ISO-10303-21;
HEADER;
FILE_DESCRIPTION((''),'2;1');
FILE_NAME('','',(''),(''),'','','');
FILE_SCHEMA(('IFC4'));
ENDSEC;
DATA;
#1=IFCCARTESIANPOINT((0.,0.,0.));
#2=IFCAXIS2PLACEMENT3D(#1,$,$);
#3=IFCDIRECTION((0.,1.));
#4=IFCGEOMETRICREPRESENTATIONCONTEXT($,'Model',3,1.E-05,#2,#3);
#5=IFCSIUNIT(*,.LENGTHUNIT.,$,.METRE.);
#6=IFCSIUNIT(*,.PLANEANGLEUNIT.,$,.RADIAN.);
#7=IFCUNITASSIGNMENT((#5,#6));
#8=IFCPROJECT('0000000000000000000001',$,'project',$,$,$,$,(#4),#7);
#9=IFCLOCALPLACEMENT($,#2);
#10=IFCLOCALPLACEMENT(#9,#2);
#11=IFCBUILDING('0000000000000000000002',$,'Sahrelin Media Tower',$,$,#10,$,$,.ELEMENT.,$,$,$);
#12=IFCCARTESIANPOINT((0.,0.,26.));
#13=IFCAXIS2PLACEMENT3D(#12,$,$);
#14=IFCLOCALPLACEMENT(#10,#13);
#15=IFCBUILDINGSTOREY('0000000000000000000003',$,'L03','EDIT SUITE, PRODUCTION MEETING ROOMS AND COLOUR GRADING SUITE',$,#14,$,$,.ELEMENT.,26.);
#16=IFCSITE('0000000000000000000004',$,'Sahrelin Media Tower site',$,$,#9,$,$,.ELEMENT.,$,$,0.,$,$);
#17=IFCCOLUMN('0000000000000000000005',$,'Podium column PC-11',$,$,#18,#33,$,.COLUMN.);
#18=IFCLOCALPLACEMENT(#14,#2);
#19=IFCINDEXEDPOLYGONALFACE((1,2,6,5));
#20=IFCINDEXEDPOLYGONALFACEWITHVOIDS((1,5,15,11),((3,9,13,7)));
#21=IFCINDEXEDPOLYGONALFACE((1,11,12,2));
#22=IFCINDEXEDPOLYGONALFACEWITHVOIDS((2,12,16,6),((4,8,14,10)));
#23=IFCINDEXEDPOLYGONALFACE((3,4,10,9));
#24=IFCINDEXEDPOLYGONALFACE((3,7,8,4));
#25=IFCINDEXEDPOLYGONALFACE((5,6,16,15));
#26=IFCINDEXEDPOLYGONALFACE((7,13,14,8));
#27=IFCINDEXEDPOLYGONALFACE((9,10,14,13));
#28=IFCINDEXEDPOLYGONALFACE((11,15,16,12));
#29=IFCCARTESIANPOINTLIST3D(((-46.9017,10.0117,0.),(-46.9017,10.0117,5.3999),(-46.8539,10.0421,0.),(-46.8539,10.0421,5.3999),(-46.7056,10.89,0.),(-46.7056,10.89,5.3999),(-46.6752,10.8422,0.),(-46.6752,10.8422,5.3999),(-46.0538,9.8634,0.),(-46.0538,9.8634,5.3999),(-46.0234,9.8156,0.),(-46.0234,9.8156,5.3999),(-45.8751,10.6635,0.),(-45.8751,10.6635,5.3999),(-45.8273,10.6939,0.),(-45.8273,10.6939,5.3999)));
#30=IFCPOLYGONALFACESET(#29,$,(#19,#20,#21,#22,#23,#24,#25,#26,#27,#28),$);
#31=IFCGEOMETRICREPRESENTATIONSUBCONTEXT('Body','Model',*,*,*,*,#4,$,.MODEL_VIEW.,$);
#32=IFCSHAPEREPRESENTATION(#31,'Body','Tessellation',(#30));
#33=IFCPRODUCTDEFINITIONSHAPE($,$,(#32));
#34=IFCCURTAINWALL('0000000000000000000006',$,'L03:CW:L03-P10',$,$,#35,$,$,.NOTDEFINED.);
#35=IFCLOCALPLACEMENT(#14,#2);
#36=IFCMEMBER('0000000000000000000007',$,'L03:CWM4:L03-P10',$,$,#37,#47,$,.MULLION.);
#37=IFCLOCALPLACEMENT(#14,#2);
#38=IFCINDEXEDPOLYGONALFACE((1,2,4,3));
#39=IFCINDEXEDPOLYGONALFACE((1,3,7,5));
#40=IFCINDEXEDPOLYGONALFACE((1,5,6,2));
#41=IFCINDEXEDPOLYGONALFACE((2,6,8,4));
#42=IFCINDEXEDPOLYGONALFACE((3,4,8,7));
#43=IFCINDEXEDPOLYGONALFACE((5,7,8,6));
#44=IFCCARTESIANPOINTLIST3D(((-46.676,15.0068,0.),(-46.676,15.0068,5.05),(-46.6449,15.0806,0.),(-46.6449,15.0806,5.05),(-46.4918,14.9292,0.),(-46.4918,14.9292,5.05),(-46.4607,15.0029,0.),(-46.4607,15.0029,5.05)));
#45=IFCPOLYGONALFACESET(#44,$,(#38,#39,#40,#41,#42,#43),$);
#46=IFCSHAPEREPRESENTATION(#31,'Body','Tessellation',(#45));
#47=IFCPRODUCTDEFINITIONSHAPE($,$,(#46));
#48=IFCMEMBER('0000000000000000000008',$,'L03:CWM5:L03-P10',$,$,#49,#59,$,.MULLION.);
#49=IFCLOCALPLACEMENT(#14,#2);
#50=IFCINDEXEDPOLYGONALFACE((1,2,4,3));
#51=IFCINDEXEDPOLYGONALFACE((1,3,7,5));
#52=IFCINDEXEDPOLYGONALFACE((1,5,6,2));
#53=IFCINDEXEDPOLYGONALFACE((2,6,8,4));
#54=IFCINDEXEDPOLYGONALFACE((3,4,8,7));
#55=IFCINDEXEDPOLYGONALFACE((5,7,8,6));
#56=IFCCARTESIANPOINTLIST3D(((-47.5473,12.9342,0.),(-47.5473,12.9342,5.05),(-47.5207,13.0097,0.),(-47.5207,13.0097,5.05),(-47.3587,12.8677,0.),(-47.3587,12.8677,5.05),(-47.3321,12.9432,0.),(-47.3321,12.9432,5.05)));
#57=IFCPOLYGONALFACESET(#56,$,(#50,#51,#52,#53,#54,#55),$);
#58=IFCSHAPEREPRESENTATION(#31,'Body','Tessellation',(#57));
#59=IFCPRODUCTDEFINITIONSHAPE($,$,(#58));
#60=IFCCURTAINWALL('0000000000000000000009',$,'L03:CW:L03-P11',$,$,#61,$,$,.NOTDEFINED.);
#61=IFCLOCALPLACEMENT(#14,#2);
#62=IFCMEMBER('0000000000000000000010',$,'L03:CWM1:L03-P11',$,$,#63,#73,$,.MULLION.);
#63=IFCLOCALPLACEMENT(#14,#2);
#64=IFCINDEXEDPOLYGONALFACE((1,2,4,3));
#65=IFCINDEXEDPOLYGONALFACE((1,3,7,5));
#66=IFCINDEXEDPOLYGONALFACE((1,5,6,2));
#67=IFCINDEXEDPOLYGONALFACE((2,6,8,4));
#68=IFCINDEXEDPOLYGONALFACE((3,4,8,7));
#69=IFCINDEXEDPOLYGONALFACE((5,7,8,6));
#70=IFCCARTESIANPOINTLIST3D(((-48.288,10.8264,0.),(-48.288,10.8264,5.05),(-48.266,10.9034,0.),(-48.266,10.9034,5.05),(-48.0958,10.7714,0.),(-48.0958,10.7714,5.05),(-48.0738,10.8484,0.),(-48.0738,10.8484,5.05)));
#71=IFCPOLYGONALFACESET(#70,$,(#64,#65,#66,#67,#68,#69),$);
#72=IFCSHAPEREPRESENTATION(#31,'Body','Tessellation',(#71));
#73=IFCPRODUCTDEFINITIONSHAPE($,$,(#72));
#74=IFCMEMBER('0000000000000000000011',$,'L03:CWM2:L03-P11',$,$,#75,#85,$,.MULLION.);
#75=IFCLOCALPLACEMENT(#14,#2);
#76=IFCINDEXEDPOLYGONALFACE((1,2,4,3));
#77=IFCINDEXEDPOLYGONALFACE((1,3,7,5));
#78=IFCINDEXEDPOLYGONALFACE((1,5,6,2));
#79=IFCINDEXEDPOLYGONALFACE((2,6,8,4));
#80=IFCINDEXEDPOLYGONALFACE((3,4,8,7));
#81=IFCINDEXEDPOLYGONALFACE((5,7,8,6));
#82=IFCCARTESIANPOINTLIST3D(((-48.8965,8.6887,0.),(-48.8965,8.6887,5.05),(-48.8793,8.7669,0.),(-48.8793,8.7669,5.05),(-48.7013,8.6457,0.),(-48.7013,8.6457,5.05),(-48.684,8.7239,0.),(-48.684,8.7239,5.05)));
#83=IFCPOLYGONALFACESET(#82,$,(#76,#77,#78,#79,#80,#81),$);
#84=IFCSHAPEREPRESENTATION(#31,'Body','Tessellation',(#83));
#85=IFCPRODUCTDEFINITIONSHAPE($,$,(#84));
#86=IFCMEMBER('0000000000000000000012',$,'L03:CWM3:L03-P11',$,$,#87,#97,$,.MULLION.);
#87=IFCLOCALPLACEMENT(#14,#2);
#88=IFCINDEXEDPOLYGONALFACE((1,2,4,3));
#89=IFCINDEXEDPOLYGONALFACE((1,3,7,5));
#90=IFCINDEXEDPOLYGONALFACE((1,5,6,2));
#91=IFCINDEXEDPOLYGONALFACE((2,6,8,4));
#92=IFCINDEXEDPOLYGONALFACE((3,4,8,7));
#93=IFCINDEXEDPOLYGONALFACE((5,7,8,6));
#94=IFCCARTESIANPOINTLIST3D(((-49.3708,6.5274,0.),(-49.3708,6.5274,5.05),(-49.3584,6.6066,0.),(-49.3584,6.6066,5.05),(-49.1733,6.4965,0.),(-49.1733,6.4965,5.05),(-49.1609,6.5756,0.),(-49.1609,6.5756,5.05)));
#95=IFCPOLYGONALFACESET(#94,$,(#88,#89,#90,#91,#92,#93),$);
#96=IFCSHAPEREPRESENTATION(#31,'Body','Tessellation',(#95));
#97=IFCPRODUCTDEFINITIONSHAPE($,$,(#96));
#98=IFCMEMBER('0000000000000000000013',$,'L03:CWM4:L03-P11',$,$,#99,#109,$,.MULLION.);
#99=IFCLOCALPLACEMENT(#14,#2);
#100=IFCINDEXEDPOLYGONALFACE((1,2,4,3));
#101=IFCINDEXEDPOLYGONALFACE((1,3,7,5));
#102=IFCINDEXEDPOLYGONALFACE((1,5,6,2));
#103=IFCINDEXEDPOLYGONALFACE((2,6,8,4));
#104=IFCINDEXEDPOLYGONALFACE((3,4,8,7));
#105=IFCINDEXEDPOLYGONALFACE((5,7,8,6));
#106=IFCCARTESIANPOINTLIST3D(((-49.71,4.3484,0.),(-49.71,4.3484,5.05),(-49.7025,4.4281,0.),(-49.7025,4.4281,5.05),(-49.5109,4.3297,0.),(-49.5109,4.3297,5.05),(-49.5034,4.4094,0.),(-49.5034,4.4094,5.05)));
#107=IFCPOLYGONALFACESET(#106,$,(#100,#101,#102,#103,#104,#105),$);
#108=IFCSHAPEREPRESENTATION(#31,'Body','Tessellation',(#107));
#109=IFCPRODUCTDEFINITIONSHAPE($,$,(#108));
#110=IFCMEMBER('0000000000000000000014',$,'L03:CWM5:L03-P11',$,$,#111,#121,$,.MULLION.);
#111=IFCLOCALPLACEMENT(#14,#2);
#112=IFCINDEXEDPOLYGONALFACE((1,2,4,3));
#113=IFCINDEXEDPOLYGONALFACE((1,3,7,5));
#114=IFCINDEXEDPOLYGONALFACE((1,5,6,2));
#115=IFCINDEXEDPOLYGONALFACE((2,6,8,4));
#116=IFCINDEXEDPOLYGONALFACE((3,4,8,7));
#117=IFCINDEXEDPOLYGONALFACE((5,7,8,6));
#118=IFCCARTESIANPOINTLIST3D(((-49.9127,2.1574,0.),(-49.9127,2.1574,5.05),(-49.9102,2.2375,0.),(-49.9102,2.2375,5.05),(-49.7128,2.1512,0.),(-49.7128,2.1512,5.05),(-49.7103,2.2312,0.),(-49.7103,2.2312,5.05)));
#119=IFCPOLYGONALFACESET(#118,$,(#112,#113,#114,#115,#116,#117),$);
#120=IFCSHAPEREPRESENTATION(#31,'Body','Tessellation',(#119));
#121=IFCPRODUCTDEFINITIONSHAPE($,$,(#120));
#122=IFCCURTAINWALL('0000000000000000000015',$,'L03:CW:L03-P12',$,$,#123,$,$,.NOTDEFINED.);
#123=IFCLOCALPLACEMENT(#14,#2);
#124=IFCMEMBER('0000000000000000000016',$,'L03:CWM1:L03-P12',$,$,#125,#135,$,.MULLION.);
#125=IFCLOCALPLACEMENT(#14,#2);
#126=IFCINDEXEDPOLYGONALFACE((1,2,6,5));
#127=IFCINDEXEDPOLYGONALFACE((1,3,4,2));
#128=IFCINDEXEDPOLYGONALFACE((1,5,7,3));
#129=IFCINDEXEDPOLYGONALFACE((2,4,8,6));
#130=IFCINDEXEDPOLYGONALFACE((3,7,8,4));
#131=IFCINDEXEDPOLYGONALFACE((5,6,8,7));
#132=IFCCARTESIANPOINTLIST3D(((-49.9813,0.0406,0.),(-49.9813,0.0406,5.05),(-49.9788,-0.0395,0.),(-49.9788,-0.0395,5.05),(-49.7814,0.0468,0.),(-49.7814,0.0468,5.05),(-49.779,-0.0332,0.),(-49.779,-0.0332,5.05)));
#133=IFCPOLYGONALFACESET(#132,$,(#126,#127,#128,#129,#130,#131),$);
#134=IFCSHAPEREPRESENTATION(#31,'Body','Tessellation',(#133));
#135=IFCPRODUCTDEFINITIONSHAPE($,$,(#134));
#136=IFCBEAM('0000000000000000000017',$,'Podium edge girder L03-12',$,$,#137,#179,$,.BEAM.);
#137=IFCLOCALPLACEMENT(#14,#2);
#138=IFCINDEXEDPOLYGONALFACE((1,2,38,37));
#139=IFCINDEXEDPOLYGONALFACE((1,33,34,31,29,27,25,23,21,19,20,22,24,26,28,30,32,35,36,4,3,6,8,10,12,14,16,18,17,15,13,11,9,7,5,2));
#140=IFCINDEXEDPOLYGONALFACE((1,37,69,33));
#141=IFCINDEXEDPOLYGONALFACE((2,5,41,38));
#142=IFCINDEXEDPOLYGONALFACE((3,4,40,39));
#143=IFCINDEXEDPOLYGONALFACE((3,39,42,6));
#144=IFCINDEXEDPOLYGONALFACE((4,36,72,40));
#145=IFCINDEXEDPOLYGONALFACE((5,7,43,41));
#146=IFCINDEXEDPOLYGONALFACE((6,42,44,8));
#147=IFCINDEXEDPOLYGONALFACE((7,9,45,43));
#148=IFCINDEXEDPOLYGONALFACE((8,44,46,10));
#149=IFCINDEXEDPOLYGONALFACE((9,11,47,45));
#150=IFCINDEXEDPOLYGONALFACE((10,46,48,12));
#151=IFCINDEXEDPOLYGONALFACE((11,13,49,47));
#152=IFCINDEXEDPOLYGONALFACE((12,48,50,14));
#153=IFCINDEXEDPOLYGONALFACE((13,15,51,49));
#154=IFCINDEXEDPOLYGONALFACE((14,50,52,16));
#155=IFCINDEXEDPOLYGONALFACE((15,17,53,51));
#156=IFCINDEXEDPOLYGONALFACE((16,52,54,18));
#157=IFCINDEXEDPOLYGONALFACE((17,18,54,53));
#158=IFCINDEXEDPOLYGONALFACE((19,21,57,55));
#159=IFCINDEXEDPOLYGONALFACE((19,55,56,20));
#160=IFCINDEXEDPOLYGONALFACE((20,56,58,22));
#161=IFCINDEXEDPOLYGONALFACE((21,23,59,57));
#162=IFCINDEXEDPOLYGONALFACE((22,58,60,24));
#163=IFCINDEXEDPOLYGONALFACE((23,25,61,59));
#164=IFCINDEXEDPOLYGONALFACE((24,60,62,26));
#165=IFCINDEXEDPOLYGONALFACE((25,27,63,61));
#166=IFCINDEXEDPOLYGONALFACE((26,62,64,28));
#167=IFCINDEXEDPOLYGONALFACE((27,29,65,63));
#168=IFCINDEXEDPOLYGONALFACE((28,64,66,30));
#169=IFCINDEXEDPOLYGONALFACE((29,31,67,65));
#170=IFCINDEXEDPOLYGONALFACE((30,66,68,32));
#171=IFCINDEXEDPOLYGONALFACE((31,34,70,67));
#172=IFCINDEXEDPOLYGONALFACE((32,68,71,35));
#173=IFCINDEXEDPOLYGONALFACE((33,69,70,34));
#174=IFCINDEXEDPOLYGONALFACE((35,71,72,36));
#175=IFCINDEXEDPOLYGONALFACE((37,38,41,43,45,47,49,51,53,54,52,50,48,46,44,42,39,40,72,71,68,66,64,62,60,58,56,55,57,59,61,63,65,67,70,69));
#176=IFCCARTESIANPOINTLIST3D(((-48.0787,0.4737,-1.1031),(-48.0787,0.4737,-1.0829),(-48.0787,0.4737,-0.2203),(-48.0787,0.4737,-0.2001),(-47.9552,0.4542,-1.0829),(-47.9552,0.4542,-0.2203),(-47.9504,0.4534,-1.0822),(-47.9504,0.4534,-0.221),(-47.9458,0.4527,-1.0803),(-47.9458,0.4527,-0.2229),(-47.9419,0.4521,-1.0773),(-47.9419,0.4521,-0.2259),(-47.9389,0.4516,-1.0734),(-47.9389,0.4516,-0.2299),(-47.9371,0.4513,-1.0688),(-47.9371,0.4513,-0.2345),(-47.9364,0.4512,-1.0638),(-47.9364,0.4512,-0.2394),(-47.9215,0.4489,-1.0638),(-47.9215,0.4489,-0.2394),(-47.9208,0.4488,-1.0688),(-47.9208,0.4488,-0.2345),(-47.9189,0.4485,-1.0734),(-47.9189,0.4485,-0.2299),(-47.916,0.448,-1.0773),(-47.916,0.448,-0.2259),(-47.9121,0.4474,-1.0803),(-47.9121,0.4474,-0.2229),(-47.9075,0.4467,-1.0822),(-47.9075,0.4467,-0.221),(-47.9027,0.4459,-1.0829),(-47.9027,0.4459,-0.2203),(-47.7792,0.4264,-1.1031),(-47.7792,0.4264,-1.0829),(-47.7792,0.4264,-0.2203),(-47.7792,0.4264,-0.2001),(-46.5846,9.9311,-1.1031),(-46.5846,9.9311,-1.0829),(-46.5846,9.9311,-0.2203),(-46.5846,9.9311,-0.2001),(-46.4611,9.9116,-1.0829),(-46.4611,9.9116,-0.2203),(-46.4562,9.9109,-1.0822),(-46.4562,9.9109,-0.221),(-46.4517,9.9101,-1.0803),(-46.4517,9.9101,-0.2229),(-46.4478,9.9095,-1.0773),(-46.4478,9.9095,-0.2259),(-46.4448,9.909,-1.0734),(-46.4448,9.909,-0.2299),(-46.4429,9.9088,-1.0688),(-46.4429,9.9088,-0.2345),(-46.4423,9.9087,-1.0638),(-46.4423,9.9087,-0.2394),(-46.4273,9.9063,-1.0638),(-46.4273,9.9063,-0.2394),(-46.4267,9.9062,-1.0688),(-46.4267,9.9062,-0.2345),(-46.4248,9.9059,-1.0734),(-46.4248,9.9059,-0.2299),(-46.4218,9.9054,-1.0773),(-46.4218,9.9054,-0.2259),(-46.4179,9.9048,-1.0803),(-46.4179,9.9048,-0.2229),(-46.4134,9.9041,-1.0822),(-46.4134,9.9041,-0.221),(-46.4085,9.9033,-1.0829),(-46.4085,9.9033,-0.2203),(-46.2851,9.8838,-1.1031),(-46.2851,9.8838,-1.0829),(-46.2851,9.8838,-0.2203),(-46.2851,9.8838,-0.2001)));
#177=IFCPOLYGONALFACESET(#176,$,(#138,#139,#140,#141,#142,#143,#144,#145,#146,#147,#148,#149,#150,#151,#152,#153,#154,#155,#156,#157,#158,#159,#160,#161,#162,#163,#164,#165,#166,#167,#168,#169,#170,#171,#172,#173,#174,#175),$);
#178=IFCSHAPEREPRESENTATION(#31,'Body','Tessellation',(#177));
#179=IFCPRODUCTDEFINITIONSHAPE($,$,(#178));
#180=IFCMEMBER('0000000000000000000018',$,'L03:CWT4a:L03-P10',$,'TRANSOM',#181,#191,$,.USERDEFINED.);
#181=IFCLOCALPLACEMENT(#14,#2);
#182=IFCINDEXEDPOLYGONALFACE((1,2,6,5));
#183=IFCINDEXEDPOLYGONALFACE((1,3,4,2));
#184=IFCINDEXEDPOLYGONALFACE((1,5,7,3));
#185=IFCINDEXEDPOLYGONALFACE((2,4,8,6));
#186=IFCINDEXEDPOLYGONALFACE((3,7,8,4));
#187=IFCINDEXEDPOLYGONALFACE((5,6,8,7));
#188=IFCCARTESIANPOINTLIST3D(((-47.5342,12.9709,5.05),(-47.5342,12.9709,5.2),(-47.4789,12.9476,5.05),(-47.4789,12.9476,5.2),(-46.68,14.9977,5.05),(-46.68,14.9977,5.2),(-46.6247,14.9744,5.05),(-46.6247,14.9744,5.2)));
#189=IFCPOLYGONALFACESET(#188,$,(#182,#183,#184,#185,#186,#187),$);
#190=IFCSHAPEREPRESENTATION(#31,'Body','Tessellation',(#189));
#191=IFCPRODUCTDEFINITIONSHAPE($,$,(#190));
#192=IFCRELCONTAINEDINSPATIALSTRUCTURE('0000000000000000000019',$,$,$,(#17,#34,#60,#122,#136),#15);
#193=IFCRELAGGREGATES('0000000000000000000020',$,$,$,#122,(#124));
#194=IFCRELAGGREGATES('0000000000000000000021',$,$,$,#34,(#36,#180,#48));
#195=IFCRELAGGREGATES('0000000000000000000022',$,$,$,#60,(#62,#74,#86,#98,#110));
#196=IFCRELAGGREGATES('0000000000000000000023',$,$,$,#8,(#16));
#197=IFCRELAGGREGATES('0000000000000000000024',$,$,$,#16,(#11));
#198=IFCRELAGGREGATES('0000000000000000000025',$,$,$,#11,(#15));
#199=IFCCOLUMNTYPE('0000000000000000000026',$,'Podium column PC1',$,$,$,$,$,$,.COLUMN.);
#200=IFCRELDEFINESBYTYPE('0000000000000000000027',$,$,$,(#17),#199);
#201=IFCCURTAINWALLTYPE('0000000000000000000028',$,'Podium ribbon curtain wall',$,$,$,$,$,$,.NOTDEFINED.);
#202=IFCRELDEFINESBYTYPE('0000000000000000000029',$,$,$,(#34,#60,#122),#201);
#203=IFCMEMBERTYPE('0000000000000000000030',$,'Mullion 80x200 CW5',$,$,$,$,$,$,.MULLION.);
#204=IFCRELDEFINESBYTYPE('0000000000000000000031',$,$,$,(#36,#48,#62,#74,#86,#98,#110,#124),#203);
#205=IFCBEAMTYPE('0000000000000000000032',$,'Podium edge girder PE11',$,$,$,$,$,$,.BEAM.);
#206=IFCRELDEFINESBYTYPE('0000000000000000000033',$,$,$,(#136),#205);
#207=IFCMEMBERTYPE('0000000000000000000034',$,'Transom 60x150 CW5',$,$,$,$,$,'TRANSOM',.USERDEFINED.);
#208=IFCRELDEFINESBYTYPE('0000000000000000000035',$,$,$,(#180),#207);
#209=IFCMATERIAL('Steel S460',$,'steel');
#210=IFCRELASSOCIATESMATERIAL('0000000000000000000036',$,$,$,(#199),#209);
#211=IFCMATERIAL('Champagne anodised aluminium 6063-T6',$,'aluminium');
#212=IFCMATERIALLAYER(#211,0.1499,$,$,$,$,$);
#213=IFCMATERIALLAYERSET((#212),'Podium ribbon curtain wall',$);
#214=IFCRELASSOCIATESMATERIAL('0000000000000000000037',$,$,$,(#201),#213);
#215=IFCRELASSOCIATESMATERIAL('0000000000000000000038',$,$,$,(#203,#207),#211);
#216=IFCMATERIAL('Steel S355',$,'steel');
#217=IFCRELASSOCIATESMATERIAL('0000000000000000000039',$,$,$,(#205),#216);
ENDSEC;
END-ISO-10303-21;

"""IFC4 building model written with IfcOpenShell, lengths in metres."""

from ifc_helpers import new_model, si_unit, direction, frame, origin, origin_2d, place, context, subcontext, project, spatial, rectangle, hollow_rectangle, i_section, extrude, material, layer, layer_set, material_profile, profile_set, type_object, element, aggregate, save


model = new_model("IFC4")

# Units and contexts
model_context = context("Model", 3, precision=1e-05, world=origin(), true_north=direction((0.0, 1.0)))
body_context = subcontext(model_context, "Body", "Model", "MODEL_VIEW")
ifc_project = project(units=[si_unit("LENGTHUNIT", "METRE"), si_unit("PLANEANGLEUNIT", "RADIAN")], contexts=[model_context])

# Site, building, storey
site_placement = place(None, origin())
site = spatial("IfcSite", under=ifc_project, at=site_placement, Name="Sahrelin Media Tower site", CompositionType="ELEMENT", RefElevation=0.0)
building_placement = place(site_placement, origin())
building = spatial("IfcBuilding", under=site, at=building_placement, Name="Sahrelin Media Tower", CompositionType="ELEMENT")
storey_placement = place(building_placement, frame((0.0, 0.0, 26.0)))
storey = spatial("IfcBuildingStorey", under=building, at=storey_placement, Name="L03", Description="EDIT SUITE, PRODUCTION MEETING ROOMS AND COLOUR GRADING SUITE", CompositionType="ELEMENT", Elevation=26.0)

# Column
ifc_material_1 = material(Name="Steel S460", Category="steel")
ifc_material_profile_1 = material_profile(ifc_material_1, hollow_rectangle(XDim=0.8999, YDim=0.8999, WallThickness=0.04, at=origin_2d()), Name="Podium column PC1")
ifc_profile_set_1 = profile_set([ifc_material_profile_1], Name="Steel S460")
column_type = type_object("IfcColumnType", Name="Podium column PC1", PredefinedType="COLUMN", material=ifc_profile_set_1)
column_placement = place(storey_placement, frame((-46.3645, 10.3528, 0.0), z_axis=(0.0, 0.0, 1.0), x_axis=(-0.975965, 0.217925, 0.0)))
element("IfcColumn", 1, at=column_placement, inside=storey, type_object=column_type, Name="Podium column PC-11", PredefinedType="COLUMN", context=body_context, shape_type="SweptSolid", body=[
    extrude(hollow_rectangle(XDim=0.8999, YDim=0.8999, WallThickness=0.04, at=origin_2d()), origin(), (0.0, 0.0, 1.0), 5.3999),
])

# Curtain walls, members
ifc_material_2 = material(Name="Champagne anodised aluminium 6063-T6", Category="aluminium")
ifc_layer_1 = layer(ifc_material_2, 0.1499)
ifc_layer_set_1 = layer_set([ifc_layer_1], Name="Podium ribbon curtain wall")
curtain_wall_type = type_object("IfcCurtainWallType", Name="Podium ribbon curtain wall", PredefinedType="NOTDEFINED", material=ifc_layer_set_1)
curtain_wall_1_placement = place(storey_placement, frame((-43.3013, 21.0, 0.0), z_axis=(0.0, 0.0, 1.0), x_axis=(1.0, 0.0, 0.0)))
curtain_wall_1 = element("IfcCurtainWall", 2, at=curtain_wall_1_placement, inside=storey, type_object=curtain_wall_type, Name="L03:CW:L03-P10", PredefinedType="NOTDEFINED")
ifc_material_profile_2 = material_profile(ifc_material_2, rectangle(XDim=0.0801, YDim=0.2, at=origin_2d()), Name="Mullion 80x200")
ifc_profile_set_2 = profile_set([ifc_material_profile_2], Name="Champagne anodised aluminium 6063-T6")
member_type_1 = type_object("IfcMemberType", Name="Mullion 80x200 CW5", PredefinedType="MULLION", material=ifc_profile_set_2)
member_1_placement = place(storey_placement, frame((-46.5684, 15.0049, 0.0), z_axis=(0.0, 0.0, 1.0), x_axis=(-0.38845, -0.92147, 0.0)))
member_1 = element("IfcMember", 3, at=member_1_placement, type_object=member_type_1, Name="L03:CWM4:L03-P10", PredefinedType="MULLION", context=body_context, shape_type="SweptSolid", body=[
    extrude(rectangle(XDim=0.0801, YDim=0.2, at=origin_2d()), origin(), (0.0, 0.0, 1.0), 5.05),
])
member_2_placement = place(storey_placement, frame((-47.4397, 12.9387, 0.0), z_axis=(0.0, 0.0, 1.0), x_axis=(-0.332579, -0.943075, 0.0)))
member_2 = element("IfcMember", 4, at=member_2_placement, type_object=member_type_1, Name="L03:CWM5:L03-P10", PredefinedType="MULLION", context=body_context, shape_type="SweptSolid", body=[
    extrude(rectangle(XDim=0.0801, YDim=0.2, at=origin_2d()), origin(), (0.0, 0.0, 1.0), 5.05),
])
curtain_wall_2_placement = place(storey_placement, frame((-48.2964, 10.8704, 0.0), z_axis=(0.0, 0.0, 1.0), x_axis=(1.0, 0.0, 0.0)))
curtain_wall_2 = element("IfcCurtainWall", 5, at=curtain_wall_2_placement, inside=storey, type_object=curtain_wall_type, Name="L03:CW:L03-P11", PredefinedType="NOTDEFINED")
member_3_placement = place(storey_placement, frame((-48.1809, 10.8374, 0.0), z_axis=(0.0, 0.0, 1.0), x_axis=(-0.27481, -0.961499, 0.0)))
member_3 = element("IfcMember", 6, at=member_3_placement, type_object=member_type_1, Name="L03:CWM1:L03-P11", PredefinedType="MULLION", context=body_context, shape_type="SweptSolid", body=[
    extrude(rectangle(XDim=0.0801, YDim=0.2, at=origin_2d()), origin(), (0.0, 0.0, 1.0), 5.05),
])
member_4_placement = place(storey_placement, frame((-48.7903, 8.7063, 0.0), z_axis=(0.0, 0.0, 1.0), x_axis=(-0.215438, -0.976518, 0.0)))
member_4 = element("IfcMember", 7, at=member_4_placement, type_object=member_type_1, Name="L03:CWM2:L03-P11", PredefinedType="MULLION", context=body_context, shape_type="SweptSolid", body=[
    extrude(rectangle(XDim=0.0801, YDim=0.2, at=origin_2d()), origin(), (0.0, 0.0, 1.0), 5.05),
])
member_5_placement = place(storey_placement, frame((-49.2659, 6.5515, 0.0), z_axis=(0.0, 0.0, 1.0), x_axis=(-0.154852, -0.987938, 0.0)))
member_5 = element("IfcMember", 8, at=member_5_placement, type_object=member_type_1, Name="L03:CWM3:L03-P11", PredefinedType="MULLION", context=body_context, shape_type="SweptSolid", body=[
    extrude(rectangle(XDim=0.0801, YDim=0.2, at=origin_2d()), origin(), (0.0, 0.0, 1.0), 5.05),
])
member_6_placement = place(storey_placement, frame((-49.6067, 4.3789, 0.0), z_axis=(0.0, 0.0, 1.0), x_axis=(-0.093292, -0.995639, 0.0)))
member_6 = element("IfcMember", 9, at=member_6_placement, type_object=member_type_1, Name="L03:CWM4:L03-P11", PredefinedType="MULLION", context=body_context, shape_type="SweptSolid", body=[
    extrude(rectangle(XDim=0.0801, YDim=0.2, at=origin_2d()), origin(), (0.0, 0.0, 1.0), 5.05),
])
member_7_placement = place(storey_placement, frame((-49.8115, 2.1943, 0.0), z_axis=(0.0, 0.0, 1.0), x_axis=(-0.031147, -0.999515, 0.0)))
member_7 = element("IfcMember", 10, at=member_7_placement, type_object=member_type_1, Name="L03:CWM5:L03-P11", PredefinedType="MULLION", context=body_context, shape_type="SweptSolid", body=[
    extrude(rectangle(XDim=0.0801, YDim=0.2, at=origin_2d()), origin(), (0.0, 0.0, 1.0), 5.05),
])

# Curtain wall, member
curtain_wall_3_placement = place(storey_placement, frame((-50.0, 0.0, 0.0), z_axis=(0.0, 0.0, 1.0), x_axis=(1.0, 0.0, 0.0)))
curtain_wall_3 = element("IfcCurtainWall", 11, at=curtain_wall_3_placement, inside=storey, type_object=curtain_wall_type, Name="L03:CW:L03-P12", PredefinedType="NOTDEFINED")
member_8_placement = place(storey_placement, frame((-49.8801, 0.0037, 0.0), z_axis=(0.0, 0.0, 1.0), x_axis=(0.031147, -0.999515, 0.0)))
member_8 = element("IfcMember", 12, at=member_8_placement, type_object=member_type_1, Name="L03:CWM1:L03-P12", PredefinedType="MULLION", context=body_context, shape_type="SweptSolid", body=[
    extrude(rectangle(XDim=0.0801, YDim=0.2, at=origin_2d()), origin(), (0.0, 0.0, 1.0), 5.05),
])
aggregate(curtain_wall_3, [member_8])

# Beam
ifc_material_3 = material(Name="Steel S355", Category="steel")
ifc_material_profile_3 = material_profile(ifc_material_3, i_section(OverallWidth=0.3032, OverallDepth=0.9031, WebThickness=0.0151, FlangeThickness=0.0203, FilletRadius=0.019, at=origin_2d()), Name="UB 914x305x201")
ifc_profile_set_3 = profile_set([ifc_material_profile_3], Name="Steel S355")
beam_type = type_object("IfcBeamType", Name="Podium edge girder PE11", PredefinedType="BEAM", material=ifc_profile_set_3)
beam_placement = place(storey_placement, frame((-46.4348, 9.9075, -0.6516), z_axis=(-0.156049, -0.987749, 0.0), x_axis=(0.987749, -0.156049, 0.0)))
element("IfcBeam", 13, at=beam_placement, inside=storey, type_object=beam_type, Name="Podium edge girder L03-12", PredefinedType="BEAM", context=body_context, shape_type="SweptSolid", body=[
    extrude(i_section(OverallWidth=0.3032, OverallDepth=0.9031, WebThickness=0.0151, FlangeThickness=0.0203, FilletRadius=0.019, at=origin_2d()), origin(), (0.0, 0.0, 1.0), 9.5747),
])

# Member
ifc_material_profile_4 = material_profile(ifc_material_2, rectangle(XDim=0.0601, YDim=0.1499, at=origin_2d()), Name="Transom 60x150")
ifc_profile_set_4 = profile_set([ifc_material_profile_4], Name="Champagne anodised aluminium 6063-T6")
member_type_2 = type_object("IfcMemberType", Name="Transom 60x150 CW5", ElementType="TRANSOM", PredefinedType="USERDEFINED", material=ifc_profile_set_4)
member_9_placement = place(storey_placement, frame((-46.6523, 14.9861, 5.125), z_axis=(-0.38838, -0.9215, 0.0), x_axis=(0.9215, -0.38838, 0.0)))
member_9 = element("IfcMember", 14, at=member_9_placement, type_object=member_type_2, Name="L03:CWT4a:L03-P10", ObjectType="TRANSOM", PredefinedType="USERDEFINED", context=body_context, shape_type="SweptSolid", body=[
    extrude(rectangle(XDim=0.0601, YDim=0.1499, at=origin_2d()), origin(), (0.0, 0.0, 1.0), 2.1995),
])

aggregate(curtain_wall_1, [member_1, member_9, member_2])
aggregate(curtain_wall_2, [member_3, member_4, member_5, member_6, member_7])

save(model, "model.ifc")
